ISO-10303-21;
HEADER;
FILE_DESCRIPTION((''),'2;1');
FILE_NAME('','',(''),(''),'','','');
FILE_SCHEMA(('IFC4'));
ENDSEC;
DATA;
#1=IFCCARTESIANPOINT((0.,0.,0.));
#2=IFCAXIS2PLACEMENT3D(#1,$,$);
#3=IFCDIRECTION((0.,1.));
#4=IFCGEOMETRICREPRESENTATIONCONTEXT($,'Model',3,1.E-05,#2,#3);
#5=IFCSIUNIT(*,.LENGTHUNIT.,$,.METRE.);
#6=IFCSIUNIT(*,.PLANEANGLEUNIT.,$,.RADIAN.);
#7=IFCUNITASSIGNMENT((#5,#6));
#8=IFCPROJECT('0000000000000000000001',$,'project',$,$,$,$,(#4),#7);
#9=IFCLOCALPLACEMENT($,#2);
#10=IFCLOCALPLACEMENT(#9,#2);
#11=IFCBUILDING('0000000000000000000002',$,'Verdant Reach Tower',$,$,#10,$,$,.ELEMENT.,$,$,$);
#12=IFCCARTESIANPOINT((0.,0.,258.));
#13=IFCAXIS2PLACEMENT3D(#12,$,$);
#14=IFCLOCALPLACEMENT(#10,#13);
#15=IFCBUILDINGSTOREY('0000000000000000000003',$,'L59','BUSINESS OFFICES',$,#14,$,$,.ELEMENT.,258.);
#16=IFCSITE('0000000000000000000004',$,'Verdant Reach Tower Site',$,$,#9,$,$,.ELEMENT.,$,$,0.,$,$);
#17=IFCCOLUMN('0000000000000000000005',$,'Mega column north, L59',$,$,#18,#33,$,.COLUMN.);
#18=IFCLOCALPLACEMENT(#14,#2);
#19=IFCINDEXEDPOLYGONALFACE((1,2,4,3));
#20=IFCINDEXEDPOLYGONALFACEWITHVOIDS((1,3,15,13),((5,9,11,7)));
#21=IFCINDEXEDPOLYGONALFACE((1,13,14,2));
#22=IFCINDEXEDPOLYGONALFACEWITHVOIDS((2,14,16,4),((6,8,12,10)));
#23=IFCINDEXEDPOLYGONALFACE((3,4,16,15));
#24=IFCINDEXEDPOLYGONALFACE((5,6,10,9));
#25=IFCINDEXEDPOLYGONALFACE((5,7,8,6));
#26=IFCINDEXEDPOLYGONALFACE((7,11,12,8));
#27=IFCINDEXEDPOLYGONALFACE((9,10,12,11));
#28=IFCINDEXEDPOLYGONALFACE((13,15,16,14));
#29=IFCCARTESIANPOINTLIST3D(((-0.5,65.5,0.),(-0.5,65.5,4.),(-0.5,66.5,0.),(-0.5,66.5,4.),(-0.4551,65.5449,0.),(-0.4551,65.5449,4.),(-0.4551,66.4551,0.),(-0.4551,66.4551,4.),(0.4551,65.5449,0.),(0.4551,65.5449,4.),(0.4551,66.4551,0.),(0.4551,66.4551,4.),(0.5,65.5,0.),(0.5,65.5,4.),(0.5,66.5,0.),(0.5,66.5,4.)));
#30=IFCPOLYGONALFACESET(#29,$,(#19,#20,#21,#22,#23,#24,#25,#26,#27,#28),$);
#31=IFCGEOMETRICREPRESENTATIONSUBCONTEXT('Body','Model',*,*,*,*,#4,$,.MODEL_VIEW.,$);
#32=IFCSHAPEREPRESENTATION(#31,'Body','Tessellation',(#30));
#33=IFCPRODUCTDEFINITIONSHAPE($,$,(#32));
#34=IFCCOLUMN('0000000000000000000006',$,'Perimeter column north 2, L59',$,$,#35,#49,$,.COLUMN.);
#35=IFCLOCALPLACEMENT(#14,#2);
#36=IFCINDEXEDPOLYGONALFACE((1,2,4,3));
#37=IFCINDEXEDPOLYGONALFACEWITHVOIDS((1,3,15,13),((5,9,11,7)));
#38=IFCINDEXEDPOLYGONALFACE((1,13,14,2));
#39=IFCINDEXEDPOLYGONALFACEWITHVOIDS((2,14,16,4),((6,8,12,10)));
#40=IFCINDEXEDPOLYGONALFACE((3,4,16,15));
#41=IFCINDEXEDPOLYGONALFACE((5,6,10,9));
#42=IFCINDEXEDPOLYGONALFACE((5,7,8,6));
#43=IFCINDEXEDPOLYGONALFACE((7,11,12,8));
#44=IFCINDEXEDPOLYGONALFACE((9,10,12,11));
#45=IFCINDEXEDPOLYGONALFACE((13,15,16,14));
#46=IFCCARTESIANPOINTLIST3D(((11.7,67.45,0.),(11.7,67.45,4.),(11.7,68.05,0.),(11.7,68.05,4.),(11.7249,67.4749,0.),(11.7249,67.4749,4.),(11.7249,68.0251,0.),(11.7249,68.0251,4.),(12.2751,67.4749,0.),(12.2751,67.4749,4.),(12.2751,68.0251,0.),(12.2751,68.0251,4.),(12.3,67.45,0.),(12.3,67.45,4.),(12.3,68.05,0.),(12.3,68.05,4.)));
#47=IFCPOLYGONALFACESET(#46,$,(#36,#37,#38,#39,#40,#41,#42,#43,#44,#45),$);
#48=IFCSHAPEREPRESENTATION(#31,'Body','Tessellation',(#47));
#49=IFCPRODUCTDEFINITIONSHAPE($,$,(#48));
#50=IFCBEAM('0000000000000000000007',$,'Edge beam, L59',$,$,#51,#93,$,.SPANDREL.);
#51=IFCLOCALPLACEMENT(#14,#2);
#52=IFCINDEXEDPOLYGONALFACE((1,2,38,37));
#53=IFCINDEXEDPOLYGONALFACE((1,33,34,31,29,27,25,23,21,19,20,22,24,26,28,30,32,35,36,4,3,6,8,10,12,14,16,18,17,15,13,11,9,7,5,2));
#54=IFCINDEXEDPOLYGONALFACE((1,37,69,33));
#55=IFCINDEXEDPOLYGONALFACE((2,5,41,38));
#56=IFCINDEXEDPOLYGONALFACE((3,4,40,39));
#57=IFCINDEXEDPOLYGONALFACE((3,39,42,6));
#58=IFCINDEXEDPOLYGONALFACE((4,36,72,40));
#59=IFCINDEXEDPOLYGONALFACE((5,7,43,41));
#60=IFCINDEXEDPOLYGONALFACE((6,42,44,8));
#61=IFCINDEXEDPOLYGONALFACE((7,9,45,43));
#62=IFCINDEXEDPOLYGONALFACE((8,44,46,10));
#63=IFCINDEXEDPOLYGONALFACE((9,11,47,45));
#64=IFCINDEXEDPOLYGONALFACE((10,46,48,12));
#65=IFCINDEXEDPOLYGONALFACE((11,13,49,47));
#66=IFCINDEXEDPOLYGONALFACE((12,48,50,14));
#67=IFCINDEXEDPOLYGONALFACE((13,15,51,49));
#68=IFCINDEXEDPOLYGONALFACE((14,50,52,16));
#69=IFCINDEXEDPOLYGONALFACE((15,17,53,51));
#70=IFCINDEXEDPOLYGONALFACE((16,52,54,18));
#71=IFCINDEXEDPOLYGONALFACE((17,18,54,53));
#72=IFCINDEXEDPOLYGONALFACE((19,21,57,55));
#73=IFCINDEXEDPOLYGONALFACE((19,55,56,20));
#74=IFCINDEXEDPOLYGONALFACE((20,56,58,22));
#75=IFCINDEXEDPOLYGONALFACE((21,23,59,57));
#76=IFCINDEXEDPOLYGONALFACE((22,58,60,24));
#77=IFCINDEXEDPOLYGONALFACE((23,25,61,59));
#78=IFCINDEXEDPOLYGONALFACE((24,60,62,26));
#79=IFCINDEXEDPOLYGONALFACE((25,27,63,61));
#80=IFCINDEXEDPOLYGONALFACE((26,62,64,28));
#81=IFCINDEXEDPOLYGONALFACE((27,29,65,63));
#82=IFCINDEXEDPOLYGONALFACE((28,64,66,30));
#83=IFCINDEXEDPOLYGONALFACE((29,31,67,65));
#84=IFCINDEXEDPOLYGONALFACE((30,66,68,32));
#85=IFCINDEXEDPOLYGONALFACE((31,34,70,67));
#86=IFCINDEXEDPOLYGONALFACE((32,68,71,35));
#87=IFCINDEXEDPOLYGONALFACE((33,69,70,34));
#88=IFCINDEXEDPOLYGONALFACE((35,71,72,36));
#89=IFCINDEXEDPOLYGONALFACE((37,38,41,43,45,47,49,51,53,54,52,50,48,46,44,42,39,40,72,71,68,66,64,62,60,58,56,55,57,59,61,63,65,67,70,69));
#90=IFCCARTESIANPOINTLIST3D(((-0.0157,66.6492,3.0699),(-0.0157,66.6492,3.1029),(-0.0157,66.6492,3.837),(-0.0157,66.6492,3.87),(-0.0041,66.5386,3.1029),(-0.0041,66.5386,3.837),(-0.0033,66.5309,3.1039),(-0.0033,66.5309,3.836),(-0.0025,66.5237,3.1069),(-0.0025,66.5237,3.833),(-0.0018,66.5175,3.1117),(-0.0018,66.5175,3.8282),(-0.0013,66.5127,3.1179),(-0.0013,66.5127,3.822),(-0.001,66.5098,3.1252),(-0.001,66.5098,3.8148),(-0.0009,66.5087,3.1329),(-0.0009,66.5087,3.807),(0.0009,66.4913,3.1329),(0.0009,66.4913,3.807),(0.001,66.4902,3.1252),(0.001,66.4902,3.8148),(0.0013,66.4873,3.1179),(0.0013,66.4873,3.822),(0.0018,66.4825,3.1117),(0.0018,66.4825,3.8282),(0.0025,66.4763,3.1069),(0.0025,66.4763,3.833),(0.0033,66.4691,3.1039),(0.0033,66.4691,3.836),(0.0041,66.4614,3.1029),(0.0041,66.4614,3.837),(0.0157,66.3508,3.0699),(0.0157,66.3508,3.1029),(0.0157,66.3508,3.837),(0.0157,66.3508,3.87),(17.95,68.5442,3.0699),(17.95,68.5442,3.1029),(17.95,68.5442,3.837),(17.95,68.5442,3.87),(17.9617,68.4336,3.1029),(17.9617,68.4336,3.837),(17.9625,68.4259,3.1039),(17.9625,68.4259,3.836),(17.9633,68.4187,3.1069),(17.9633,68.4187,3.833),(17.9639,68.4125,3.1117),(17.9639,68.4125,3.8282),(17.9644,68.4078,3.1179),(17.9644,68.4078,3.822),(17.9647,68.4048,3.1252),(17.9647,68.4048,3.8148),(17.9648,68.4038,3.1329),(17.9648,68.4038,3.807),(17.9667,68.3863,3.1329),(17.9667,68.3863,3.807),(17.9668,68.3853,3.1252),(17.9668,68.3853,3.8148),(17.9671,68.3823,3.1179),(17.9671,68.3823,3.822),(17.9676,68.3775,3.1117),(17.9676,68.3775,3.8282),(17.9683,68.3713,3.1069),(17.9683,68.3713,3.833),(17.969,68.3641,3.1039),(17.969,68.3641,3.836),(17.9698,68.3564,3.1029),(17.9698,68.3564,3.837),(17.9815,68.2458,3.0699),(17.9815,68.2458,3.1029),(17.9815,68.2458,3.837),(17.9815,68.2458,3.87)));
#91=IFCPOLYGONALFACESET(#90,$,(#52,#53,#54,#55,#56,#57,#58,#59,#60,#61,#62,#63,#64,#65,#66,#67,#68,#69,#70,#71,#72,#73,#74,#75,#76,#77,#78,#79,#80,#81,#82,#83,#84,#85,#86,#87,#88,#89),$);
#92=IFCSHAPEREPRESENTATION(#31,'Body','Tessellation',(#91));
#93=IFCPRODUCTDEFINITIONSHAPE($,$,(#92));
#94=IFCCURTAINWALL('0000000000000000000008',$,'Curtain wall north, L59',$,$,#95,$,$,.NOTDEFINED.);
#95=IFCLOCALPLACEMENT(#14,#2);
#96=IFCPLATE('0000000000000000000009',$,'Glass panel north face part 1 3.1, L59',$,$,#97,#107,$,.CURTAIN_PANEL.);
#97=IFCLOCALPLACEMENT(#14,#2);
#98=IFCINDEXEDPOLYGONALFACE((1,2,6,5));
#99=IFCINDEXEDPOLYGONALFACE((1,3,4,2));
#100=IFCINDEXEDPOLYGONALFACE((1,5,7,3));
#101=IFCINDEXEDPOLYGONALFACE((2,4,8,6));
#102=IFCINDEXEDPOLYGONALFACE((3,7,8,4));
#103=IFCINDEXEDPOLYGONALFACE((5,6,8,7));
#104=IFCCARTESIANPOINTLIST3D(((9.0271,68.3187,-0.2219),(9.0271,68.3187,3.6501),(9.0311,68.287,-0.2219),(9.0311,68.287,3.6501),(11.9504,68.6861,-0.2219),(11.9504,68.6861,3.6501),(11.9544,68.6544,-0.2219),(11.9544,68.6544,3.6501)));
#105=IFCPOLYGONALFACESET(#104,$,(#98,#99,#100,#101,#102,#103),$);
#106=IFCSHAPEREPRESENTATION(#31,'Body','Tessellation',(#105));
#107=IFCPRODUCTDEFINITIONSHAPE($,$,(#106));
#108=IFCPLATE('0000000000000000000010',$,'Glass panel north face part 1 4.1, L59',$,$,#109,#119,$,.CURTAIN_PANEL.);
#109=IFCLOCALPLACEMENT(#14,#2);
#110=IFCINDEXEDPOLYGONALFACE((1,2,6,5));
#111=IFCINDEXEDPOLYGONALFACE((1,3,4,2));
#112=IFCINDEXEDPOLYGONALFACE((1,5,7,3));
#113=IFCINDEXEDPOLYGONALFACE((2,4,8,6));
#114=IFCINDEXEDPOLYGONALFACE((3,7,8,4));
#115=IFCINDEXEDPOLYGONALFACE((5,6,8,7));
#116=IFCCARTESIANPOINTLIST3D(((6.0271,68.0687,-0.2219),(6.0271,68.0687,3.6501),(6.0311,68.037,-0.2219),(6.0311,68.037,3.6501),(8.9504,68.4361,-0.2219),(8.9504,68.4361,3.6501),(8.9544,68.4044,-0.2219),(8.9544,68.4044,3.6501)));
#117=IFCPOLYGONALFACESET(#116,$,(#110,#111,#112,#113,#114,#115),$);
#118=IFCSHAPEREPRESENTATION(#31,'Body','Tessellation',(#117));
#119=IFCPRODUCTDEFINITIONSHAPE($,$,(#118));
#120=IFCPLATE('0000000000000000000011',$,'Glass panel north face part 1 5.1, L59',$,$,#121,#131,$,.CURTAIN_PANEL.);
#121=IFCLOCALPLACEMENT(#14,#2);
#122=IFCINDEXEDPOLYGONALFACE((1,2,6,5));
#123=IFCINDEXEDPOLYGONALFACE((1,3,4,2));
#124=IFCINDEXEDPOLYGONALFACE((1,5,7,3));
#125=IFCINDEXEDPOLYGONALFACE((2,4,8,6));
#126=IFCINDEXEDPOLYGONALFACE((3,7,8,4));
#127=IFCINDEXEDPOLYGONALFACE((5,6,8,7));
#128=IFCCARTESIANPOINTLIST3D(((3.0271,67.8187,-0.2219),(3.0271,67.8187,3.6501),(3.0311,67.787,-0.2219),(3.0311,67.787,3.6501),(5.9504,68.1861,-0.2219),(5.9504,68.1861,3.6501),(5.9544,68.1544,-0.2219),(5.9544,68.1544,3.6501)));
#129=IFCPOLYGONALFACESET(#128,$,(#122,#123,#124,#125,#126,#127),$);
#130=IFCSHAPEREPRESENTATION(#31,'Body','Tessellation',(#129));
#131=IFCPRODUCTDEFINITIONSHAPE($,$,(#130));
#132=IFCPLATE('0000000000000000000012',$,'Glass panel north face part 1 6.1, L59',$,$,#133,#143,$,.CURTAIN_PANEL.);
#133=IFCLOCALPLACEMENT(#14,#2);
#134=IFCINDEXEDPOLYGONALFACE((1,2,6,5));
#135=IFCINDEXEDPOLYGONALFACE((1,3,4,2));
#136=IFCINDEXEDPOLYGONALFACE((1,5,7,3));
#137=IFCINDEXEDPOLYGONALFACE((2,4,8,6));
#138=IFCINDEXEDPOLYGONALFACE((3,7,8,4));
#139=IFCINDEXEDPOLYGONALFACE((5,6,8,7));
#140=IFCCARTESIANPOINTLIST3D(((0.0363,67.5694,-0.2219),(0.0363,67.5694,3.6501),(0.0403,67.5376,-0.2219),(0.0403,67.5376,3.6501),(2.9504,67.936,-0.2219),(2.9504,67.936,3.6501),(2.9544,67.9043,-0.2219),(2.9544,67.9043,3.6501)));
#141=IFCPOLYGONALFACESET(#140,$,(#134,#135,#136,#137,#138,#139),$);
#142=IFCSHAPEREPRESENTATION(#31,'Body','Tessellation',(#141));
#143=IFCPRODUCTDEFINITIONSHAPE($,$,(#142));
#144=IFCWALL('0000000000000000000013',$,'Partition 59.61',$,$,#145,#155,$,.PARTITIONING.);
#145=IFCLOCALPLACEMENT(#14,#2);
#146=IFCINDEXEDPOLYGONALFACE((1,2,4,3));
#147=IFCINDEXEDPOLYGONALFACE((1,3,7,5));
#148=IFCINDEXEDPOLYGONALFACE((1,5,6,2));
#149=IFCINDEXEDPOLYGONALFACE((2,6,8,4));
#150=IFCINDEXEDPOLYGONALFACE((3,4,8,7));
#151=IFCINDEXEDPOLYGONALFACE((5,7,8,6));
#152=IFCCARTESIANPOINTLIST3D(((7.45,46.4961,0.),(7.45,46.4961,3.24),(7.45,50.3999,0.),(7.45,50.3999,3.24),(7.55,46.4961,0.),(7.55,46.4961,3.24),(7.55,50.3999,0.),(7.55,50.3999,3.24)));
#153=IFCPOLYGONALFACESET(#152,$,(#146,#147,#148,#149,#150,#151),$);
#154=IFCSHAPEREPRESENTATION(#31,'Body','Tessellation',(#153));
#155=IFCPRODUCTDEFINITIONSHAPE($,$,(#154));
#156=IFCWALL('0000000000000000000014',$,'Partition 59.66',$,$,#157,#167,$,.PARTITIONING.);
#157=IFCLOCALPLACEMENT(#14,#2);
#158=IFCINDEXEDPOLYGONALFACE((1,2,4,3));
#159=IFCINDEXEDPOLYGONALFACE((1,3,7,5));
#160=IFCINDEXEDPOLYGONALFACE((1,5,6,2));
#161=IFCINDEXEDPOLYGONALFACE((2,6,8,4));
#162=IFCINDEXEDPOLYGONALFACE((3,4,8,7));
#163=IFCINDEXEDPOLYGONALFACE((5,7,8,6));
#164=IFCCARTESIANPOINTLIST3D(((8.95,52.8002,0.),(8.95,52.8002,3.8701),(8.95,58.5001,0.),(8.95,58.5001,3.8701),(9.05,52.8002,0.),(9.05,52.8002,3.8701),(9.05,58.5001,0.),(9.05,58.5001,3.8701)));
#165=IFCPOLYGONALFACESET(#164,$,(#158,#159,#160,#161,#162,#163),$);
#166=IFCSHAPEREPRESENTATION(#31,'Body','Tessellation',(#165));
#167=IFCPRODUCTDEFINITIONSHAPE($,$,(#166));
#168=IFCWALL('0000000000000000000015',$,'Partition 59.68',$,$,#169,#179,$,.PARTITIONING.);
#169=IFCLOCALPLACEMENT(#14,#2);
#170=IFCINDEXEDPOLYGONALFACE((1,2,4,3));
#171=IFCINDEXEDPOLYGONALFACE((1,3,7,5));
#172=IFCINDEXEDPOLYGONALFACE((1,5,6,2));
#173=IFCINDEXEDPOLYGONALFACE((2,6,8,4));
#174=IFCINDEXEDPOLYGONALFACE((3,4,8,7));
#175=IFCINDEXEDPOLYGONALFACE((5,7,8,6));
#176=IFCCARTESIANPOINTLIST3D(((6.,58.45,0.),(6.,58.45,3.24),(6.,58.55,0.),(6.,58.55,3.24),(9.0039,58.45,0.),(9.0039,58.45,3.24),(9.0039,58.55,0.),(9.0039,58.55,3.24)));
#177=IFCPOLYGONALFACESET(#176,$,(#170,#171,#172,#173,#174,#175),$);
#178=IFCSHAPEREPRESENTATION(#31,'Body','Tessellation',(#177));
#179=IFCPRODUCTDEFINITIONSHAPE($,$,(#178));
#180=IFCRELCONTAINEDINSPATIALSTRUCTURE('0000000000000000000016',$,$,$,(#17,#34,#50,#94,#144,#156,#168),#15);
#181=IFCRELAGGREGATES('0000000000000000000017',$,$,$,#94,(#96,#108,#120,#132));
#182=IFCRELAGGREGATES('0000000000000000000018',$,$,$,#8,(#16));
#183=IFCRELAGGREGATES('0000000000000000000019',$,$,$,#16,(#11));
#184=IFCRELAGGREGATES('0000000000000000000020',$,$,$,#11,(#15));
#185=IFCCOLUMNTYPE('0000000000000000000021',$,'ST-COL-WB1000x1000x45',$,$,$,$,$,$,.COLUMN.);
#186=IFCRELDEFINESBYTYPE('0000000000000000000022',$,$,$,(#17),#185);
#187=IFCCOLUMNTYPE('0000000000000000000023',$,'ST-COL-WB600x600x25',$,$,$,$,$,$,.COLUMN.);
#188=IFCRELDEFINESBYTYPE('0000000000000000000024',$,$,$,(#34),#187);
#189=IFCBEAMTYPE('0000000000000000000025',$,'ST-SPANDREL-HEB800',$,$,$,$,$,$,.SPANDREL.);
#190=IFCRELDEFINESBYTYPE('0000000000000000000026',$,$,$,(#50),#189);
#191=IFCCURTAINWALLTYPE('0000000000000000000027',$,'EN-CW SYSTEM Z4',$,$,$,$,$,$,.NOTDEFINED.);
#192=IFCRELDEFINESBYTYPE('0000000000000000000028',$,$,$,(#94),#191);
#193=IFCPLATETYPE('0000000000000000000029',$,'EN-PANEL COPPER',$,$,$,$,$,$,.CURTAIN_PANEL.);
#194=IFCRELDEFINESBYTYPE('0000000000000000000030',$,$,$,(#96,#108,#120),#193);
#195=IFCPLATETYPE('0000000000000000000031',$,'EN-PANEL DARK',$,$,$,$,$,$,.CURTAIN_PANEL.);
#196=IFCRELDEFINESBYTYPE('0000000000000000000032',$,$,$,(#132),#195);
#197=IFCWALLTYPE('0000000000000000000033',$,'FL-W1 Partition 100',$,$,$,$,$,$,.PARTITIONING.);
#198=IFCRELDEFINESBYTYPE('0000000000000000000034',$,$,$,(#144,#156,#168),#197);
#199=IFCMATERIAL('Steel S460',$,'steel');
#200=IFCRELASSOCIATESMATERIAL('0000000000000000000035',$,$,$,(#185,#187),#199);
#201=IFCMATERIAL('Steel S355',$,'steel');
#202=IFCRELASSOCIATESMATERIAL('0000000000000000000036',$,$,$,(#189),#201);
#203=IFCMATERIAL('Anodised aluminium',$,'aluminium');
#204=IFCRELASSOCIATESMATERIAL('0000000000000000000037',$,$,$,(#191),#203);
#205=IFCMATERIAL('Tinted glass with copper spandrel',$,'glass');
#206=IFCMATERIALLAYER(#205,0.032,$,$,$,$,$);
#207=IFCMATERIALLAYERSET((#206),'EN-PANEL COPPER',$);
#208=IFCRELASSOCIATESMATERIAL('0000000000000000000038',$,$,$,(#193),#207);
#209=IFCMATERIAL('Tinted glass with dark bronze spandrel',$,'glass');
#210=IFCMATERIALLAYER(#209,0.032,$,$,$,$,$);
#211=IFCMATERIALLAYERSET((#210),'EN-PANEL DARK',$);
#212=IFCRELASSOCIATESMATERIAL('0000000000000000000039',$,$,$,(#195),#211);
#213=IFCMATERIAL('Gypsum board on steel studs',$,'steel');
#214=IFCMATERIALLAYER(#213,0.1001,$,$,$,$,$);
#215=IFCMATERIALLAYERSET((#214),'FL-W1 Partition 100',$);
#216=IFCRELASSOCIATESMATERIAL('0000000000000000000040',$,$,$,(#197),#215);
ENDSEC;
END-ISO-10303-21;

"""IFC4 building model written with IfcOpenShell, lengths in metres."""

from ifc_helpers import new_model, si_unit, direction, frame, frame_2d, origin, origin_2d, place, context, subcontext, project, spatial, rectangle, hollow_rectangle, i_section, extrude, material, layer, layer_set, material_profile, profile_set, type_object, element, aggregate, save


model = new_model("IFC4")

# Units and contexts
model_context = context("Model", 3, precision=1e-05, world=origin(), true_north=direction((0.0, 1.0)))
body_context = subcontext(model_context, "Body", "Model", "MODEL_VIEW")
ifc_project = project(units=[si_unit("LENGTHUNIT", "METRE"), si_unit("PLANEANGLEUNIT", "RADIAN")], contexts=[model_context])

# Site, building, storey
site_placement = place(None, origin())
site = spatial("IfcSite", under=ifc_project, at=site_placement, Name="Verdant Reach Tower Site", CompositionType="ELEMENT", RefElevation=0.0)
building_placement = place(site_placement, origin())
building = spatial("IfcBuilding", under=site, at=building_placement, Name="Verdant Reach Tower", CompositionType="ELEMENT")
storey_placement = place(building_placement, frame((0.0, 0.0, 258.0)))
storey = spatial("IfcBuildingStorey", under=building, at=storey_placement, Name="L59", Description="BUSINESS OFFICES", CompositionType="ELEMENT", Elevation=258.0)

# Columns
ifc_material_1 = material(Name="Steel S460", Category="steel")
ifc_material_profile_1 = material_profile(ifc_material_1, hollow_rectangle(XDim=1.0, YDim=1.0, WallThickness=0.0449, at=origin_2d()), Name="WB 1000x1000x45")
ifc_profile_set_1 = profile_set([ifc_material_profile_1], Name="Steel S460")
column_type_1 = type_object("IfcColumnType", Name="ST-COL-WB1000x1000x45", PredefinedType="COLUMN", material=ifc_profile_set_1)
column_1_placement = place(storey_placement, frame((0.0, 66.0, 0.0), z_axis=(0.0, 0.0, 1.0), x_axis=(1.0, 0.0, 0.0)))
element("IfcColumn", 1, at=column_1_placement, inside=storey, type_object=column_type_1, Name="Mega column north, L59", PredefinedType="COLUMN", context=body_context, shape_type="SweptSolid", body=[
    extrude(hollow_rectangle(XDim=1.0, YDim=1.0, WallThickness=0.0449, at=origin_2d()), origin(), (0.0, 0.0, 1.0), 4.0),
])
ifc_material_profile_2 = material_profile(ifc_material_1, hollow_rectangle(XDim=0.6001, YDim=0.6001, WallThickness=0.0249, at=origin_2d()), Name="WB 600x600x25")
ifc_profile_set_2 = profile_set([ifc_material_profile_2], Name="Steel S460")
column_type_2 = type_object("IfcColumnType", Name="ST-COL-WB600x600x25", PredefinedType="COLUMN", material=ifc_profile_set_2)
column_2_placement = place(storey_placement, frame((12.0, 67.75, 0.0), z_axis=(0.0, 0.0, 1.0), x_axis=(1.0, 0.0, 0.0)))
element("IfcColumn", 2, at=column_2_placement, inside=storey, type_object=column_type_2, Name="Perimeter column north 2, L59", PredefinedType="COLUMN", context=body_context, shape_type="SweptSolid", body=[
    extrude(hollow_rectangle(XDim=0.6001, YDim=0.6001, WallThickness=0.0249, at=origin_2d()), origin(), (0.0, 0.0, 1.0), 4.0),
])

# Beam
ifc_material_2 = material(Name="Steel S355", Category="steel")
ifc_material_profile_3 = material_profile(ifc_material_2, i_section(OverallWidth=0.3, OverallDepth=0.8, WebThickness=0.0176, FlangeThickness=0.033, FilletRadius=0.03, at=origin_2d()), Name="HEB 800")
ifc_profile_set_3 = profile_set([ifc_material_profile_3], Name="Steel S355")
beam_type = type_object("IfcBeamType", Name="ST-SPANDREL-HEB800", PredefinedType="SPANDREL", material=ifc_profile_set_3)
beam_placement = place(storey_placement, frame((0.0, 66.5, 3.47), z_axis=(0.994483, 0.104897, 0.0), x_axis=(-0.104897, 0.994483, 0.0)))
element("IfcBeam", 3, at=beam_placement, inside=storey, type_object=beam_type, Name="Edge beam, L59", PredefinedType="SPANDREL", context=body_context, shape_type="SweptSolid", body=[
    extrude(i_section(OverallWidth=0.3, OverallDepth=0.8, WebThickness=0.0176, FlangeThickness=0.033, FilletRadius=0.03, at=origin_2d()), origin(), (0.0, 0.0, 1.0), 18.0654),
])

# Curtain wall, plates
ifc_material_3 = material(Name="Anodised aluminium", Category="aluminium")
curtain_wall_type = type_object("IfcCurtainWallType", Name="EN-CW SYSTEM Z4", PredefinedType="NOTDEFINED", material=ifc_material_3)
curtain_wall_placement = place(storey_placement, origin())
curtain_wall = element("IfcCurtainWall", 4, at=curtain_wall_placement, inside=storey, type_object=curtain_wall_type, Name="Curtain wall north, L59", PredefinedType="NOTDEFINED")
ifc_material_4 = material(Name="Tinted glass with copper spandrel", Category="glass")
ifc_layer_1 = layer(ifc_material_4, 0.032)
ifc_layer_set_1 = layer_set([ifc_layer_1], Name="EN-PANEL COPPER")
plate_type_1 = type_object("IfcPlateType", Name="EN-PANEL COPPER", PredefinedType="CURTAIN_PANEL", material=ifc_layer_set_1)
plate_1_placement = place(storey_placement, frame((10.4907, 68.4866, -0.2219), z_axis=(0.0, 0.0, 1.0), x_axis=(-0.992194, -0.124704, 0.0)))
plate_1 = element("IfcPlate", 5, at=plate_1_placement, type_object=plate_type_1, Name="Glass panel north face part 1 3.1, L59", PredefinedType="CURTAIN_PANEL", context=body_context, shape_type="SweptSolid", body=[
    extrude(rectangle(XDim=2.9463, YDim=0.032, at=origin_2d()), origin(), (0.0, 0.0, 1.0), 3.8721),
])
plate_2_placement = place(storey_placement, frame((7.4907, 68.2366, -0.2219), z_axis=(0.0, 0.0, 1.0), x_axis=(-0.992194, -0.124704, 0.0)))
plate_2 = element("IfcPlate", 6, at=plate_2_placement, type_object=plate_type_1, Name="Glass panel north face part 1 4.1, L59", PredefinedType="CURTAIN_PANEL", context=body_context, shape_type="SweptSolid", body=[
    extrude(rectangle(XDim=2.9463, YDim=0.032, at=origin_2d()), origin(), (0.0, 0.0, 1.0), 3.8721),
])
plate_3_placement = place(storey_placement, frame((4.4907, 67.9866, -0.2219), z_axis=(0.0, 0.0, 1.0), x_axis=(-0.992194, -0.124704, 0.0)))
plate_3 = element("IfcPlate", 7, at=plate_3_placement, type_object=plate_type_1, Name="Glass panel north face part 1 5.1, L59", PredefinedType="CURTAIN_PANEL", context=body_context, shape_type="SweptSolid", body=[
    extrude(rectangle(XDim=2.9463, YDim=0.032, at=origin_2d()), origin(), (0.0, 0.0, 1.0), 3.8721),
])
ifc_material_5 = material(Name="Tinted glass with dark bronze spandrel", Category="glass")
ifc_layer_2 = layer(ifc_material_5, 0.032)
ifc_layer_set_2 = layer_set([ifc_layer_2], Name="EN-PANEL DARK")
plate_type_2 = type_object("IfcPlateType", Name="EN-PANEL DARK", PredefinedType="CURTAIN_PANEL", material=ifc_layer_set_2)
plate_4_placement = place(storey_placement, frame((1.4954, 67.7368, -0.2219), z_axis=(0.0, 0.0, 1.0), x_axis=(-0.992178, -0.124832, 0.0)))
plate_4 = element("IfcPlate", 8, at=plate_4_placement, type_object=plate_type_2, Name="Glass panel north face part 1 6.1, L59", PredefinedType="CURTAIN_PANEL", context=body_context, shape_type="SweptSolid", body=[
    extrude(rectangle(XDim=2.937, YDim=0.032, at=origin_2d()), origin(), (0.0, 0.0, 1.0), 3.8721),
])
aggregate(curtain_wall, [plate_1, plate_2, plate_3, plate_4])

# Walls
ifc_material_6 = material(Name="Gypsum board on steel studs", Category="steel")
ifc_layer_3 = layer(ifc_material_6, 0.1001)
ifc_layer_set_3 = layer_set([ifc_layer_3], Name="FL-W1 Partition 100")
wall_type_1 = type_object("IfcWallType", Name="FL-W1 Partition 100", PredefinedType="PARTITIONING", material=ifc_layer_set_3)
wall_1_placement = place(storey_placement, frame((7.5, 50.3999, 0.0), z_axis=(0.0, 0.0, 1.0), x_axis=(0.0, -1.0, 0.0)))
element("IfcWall", 9, at=wall_1_placement, inside=storey, type_object=wall_type_1, Name="Partition 59.61", PredefinedType="PARTITIONING", context=body_context, shape_type="SweptSolid", body=[
    extrude(rectangle(XDim=3.9038, YDim=0.1001, at=frame_2d((1.9519, 0.0))), origin(), (0.0, 0.0, 1.0), 3.24),
])
wall_2_placement = place(storey_placement, frame((9.0, 52.8, 0.0), z_axis=(0.0, 0.0, 1.0), x_axis=(0.0, 1.0, 0.0)))
element("IfcWall", 10, at=wall_2_placement, inside=storey, type_object=wall_type_1, Name="Partition 59.66", PredefinedType="PARTITIONING", context=body_context, shape_type="SweptSolid", body=[
    extrude(rectangle(XDim=5.7, YDim=0.1001, at=frame_2d((2.8501, 0.0))), origin(), (0.0, 0.0, 1.0), 3.8701),
])
wall_3_placement = place(storey_placement, frame((9.0039, 58.5, 0.0), z_axis=(0.0, 0.0, 1.0), x_axis=(-1.0, 0.0, 0.0)))
element("IfcWall", 11, at=wall_3_placement, inside=storey, type_object=wall_type_1, Name="Partition 59.68", PredefinedType="PARTITIONING", context=body_context, shape_type="SweptSolid", body=[
    extrude(rectangle(XDim=3.0039, YDim=0.1001, at=frame_2d((1.502, 0.0))), origin(), (0.0, 0.0, 1.0), 3.24),
])

save(model, "model.ifc")
